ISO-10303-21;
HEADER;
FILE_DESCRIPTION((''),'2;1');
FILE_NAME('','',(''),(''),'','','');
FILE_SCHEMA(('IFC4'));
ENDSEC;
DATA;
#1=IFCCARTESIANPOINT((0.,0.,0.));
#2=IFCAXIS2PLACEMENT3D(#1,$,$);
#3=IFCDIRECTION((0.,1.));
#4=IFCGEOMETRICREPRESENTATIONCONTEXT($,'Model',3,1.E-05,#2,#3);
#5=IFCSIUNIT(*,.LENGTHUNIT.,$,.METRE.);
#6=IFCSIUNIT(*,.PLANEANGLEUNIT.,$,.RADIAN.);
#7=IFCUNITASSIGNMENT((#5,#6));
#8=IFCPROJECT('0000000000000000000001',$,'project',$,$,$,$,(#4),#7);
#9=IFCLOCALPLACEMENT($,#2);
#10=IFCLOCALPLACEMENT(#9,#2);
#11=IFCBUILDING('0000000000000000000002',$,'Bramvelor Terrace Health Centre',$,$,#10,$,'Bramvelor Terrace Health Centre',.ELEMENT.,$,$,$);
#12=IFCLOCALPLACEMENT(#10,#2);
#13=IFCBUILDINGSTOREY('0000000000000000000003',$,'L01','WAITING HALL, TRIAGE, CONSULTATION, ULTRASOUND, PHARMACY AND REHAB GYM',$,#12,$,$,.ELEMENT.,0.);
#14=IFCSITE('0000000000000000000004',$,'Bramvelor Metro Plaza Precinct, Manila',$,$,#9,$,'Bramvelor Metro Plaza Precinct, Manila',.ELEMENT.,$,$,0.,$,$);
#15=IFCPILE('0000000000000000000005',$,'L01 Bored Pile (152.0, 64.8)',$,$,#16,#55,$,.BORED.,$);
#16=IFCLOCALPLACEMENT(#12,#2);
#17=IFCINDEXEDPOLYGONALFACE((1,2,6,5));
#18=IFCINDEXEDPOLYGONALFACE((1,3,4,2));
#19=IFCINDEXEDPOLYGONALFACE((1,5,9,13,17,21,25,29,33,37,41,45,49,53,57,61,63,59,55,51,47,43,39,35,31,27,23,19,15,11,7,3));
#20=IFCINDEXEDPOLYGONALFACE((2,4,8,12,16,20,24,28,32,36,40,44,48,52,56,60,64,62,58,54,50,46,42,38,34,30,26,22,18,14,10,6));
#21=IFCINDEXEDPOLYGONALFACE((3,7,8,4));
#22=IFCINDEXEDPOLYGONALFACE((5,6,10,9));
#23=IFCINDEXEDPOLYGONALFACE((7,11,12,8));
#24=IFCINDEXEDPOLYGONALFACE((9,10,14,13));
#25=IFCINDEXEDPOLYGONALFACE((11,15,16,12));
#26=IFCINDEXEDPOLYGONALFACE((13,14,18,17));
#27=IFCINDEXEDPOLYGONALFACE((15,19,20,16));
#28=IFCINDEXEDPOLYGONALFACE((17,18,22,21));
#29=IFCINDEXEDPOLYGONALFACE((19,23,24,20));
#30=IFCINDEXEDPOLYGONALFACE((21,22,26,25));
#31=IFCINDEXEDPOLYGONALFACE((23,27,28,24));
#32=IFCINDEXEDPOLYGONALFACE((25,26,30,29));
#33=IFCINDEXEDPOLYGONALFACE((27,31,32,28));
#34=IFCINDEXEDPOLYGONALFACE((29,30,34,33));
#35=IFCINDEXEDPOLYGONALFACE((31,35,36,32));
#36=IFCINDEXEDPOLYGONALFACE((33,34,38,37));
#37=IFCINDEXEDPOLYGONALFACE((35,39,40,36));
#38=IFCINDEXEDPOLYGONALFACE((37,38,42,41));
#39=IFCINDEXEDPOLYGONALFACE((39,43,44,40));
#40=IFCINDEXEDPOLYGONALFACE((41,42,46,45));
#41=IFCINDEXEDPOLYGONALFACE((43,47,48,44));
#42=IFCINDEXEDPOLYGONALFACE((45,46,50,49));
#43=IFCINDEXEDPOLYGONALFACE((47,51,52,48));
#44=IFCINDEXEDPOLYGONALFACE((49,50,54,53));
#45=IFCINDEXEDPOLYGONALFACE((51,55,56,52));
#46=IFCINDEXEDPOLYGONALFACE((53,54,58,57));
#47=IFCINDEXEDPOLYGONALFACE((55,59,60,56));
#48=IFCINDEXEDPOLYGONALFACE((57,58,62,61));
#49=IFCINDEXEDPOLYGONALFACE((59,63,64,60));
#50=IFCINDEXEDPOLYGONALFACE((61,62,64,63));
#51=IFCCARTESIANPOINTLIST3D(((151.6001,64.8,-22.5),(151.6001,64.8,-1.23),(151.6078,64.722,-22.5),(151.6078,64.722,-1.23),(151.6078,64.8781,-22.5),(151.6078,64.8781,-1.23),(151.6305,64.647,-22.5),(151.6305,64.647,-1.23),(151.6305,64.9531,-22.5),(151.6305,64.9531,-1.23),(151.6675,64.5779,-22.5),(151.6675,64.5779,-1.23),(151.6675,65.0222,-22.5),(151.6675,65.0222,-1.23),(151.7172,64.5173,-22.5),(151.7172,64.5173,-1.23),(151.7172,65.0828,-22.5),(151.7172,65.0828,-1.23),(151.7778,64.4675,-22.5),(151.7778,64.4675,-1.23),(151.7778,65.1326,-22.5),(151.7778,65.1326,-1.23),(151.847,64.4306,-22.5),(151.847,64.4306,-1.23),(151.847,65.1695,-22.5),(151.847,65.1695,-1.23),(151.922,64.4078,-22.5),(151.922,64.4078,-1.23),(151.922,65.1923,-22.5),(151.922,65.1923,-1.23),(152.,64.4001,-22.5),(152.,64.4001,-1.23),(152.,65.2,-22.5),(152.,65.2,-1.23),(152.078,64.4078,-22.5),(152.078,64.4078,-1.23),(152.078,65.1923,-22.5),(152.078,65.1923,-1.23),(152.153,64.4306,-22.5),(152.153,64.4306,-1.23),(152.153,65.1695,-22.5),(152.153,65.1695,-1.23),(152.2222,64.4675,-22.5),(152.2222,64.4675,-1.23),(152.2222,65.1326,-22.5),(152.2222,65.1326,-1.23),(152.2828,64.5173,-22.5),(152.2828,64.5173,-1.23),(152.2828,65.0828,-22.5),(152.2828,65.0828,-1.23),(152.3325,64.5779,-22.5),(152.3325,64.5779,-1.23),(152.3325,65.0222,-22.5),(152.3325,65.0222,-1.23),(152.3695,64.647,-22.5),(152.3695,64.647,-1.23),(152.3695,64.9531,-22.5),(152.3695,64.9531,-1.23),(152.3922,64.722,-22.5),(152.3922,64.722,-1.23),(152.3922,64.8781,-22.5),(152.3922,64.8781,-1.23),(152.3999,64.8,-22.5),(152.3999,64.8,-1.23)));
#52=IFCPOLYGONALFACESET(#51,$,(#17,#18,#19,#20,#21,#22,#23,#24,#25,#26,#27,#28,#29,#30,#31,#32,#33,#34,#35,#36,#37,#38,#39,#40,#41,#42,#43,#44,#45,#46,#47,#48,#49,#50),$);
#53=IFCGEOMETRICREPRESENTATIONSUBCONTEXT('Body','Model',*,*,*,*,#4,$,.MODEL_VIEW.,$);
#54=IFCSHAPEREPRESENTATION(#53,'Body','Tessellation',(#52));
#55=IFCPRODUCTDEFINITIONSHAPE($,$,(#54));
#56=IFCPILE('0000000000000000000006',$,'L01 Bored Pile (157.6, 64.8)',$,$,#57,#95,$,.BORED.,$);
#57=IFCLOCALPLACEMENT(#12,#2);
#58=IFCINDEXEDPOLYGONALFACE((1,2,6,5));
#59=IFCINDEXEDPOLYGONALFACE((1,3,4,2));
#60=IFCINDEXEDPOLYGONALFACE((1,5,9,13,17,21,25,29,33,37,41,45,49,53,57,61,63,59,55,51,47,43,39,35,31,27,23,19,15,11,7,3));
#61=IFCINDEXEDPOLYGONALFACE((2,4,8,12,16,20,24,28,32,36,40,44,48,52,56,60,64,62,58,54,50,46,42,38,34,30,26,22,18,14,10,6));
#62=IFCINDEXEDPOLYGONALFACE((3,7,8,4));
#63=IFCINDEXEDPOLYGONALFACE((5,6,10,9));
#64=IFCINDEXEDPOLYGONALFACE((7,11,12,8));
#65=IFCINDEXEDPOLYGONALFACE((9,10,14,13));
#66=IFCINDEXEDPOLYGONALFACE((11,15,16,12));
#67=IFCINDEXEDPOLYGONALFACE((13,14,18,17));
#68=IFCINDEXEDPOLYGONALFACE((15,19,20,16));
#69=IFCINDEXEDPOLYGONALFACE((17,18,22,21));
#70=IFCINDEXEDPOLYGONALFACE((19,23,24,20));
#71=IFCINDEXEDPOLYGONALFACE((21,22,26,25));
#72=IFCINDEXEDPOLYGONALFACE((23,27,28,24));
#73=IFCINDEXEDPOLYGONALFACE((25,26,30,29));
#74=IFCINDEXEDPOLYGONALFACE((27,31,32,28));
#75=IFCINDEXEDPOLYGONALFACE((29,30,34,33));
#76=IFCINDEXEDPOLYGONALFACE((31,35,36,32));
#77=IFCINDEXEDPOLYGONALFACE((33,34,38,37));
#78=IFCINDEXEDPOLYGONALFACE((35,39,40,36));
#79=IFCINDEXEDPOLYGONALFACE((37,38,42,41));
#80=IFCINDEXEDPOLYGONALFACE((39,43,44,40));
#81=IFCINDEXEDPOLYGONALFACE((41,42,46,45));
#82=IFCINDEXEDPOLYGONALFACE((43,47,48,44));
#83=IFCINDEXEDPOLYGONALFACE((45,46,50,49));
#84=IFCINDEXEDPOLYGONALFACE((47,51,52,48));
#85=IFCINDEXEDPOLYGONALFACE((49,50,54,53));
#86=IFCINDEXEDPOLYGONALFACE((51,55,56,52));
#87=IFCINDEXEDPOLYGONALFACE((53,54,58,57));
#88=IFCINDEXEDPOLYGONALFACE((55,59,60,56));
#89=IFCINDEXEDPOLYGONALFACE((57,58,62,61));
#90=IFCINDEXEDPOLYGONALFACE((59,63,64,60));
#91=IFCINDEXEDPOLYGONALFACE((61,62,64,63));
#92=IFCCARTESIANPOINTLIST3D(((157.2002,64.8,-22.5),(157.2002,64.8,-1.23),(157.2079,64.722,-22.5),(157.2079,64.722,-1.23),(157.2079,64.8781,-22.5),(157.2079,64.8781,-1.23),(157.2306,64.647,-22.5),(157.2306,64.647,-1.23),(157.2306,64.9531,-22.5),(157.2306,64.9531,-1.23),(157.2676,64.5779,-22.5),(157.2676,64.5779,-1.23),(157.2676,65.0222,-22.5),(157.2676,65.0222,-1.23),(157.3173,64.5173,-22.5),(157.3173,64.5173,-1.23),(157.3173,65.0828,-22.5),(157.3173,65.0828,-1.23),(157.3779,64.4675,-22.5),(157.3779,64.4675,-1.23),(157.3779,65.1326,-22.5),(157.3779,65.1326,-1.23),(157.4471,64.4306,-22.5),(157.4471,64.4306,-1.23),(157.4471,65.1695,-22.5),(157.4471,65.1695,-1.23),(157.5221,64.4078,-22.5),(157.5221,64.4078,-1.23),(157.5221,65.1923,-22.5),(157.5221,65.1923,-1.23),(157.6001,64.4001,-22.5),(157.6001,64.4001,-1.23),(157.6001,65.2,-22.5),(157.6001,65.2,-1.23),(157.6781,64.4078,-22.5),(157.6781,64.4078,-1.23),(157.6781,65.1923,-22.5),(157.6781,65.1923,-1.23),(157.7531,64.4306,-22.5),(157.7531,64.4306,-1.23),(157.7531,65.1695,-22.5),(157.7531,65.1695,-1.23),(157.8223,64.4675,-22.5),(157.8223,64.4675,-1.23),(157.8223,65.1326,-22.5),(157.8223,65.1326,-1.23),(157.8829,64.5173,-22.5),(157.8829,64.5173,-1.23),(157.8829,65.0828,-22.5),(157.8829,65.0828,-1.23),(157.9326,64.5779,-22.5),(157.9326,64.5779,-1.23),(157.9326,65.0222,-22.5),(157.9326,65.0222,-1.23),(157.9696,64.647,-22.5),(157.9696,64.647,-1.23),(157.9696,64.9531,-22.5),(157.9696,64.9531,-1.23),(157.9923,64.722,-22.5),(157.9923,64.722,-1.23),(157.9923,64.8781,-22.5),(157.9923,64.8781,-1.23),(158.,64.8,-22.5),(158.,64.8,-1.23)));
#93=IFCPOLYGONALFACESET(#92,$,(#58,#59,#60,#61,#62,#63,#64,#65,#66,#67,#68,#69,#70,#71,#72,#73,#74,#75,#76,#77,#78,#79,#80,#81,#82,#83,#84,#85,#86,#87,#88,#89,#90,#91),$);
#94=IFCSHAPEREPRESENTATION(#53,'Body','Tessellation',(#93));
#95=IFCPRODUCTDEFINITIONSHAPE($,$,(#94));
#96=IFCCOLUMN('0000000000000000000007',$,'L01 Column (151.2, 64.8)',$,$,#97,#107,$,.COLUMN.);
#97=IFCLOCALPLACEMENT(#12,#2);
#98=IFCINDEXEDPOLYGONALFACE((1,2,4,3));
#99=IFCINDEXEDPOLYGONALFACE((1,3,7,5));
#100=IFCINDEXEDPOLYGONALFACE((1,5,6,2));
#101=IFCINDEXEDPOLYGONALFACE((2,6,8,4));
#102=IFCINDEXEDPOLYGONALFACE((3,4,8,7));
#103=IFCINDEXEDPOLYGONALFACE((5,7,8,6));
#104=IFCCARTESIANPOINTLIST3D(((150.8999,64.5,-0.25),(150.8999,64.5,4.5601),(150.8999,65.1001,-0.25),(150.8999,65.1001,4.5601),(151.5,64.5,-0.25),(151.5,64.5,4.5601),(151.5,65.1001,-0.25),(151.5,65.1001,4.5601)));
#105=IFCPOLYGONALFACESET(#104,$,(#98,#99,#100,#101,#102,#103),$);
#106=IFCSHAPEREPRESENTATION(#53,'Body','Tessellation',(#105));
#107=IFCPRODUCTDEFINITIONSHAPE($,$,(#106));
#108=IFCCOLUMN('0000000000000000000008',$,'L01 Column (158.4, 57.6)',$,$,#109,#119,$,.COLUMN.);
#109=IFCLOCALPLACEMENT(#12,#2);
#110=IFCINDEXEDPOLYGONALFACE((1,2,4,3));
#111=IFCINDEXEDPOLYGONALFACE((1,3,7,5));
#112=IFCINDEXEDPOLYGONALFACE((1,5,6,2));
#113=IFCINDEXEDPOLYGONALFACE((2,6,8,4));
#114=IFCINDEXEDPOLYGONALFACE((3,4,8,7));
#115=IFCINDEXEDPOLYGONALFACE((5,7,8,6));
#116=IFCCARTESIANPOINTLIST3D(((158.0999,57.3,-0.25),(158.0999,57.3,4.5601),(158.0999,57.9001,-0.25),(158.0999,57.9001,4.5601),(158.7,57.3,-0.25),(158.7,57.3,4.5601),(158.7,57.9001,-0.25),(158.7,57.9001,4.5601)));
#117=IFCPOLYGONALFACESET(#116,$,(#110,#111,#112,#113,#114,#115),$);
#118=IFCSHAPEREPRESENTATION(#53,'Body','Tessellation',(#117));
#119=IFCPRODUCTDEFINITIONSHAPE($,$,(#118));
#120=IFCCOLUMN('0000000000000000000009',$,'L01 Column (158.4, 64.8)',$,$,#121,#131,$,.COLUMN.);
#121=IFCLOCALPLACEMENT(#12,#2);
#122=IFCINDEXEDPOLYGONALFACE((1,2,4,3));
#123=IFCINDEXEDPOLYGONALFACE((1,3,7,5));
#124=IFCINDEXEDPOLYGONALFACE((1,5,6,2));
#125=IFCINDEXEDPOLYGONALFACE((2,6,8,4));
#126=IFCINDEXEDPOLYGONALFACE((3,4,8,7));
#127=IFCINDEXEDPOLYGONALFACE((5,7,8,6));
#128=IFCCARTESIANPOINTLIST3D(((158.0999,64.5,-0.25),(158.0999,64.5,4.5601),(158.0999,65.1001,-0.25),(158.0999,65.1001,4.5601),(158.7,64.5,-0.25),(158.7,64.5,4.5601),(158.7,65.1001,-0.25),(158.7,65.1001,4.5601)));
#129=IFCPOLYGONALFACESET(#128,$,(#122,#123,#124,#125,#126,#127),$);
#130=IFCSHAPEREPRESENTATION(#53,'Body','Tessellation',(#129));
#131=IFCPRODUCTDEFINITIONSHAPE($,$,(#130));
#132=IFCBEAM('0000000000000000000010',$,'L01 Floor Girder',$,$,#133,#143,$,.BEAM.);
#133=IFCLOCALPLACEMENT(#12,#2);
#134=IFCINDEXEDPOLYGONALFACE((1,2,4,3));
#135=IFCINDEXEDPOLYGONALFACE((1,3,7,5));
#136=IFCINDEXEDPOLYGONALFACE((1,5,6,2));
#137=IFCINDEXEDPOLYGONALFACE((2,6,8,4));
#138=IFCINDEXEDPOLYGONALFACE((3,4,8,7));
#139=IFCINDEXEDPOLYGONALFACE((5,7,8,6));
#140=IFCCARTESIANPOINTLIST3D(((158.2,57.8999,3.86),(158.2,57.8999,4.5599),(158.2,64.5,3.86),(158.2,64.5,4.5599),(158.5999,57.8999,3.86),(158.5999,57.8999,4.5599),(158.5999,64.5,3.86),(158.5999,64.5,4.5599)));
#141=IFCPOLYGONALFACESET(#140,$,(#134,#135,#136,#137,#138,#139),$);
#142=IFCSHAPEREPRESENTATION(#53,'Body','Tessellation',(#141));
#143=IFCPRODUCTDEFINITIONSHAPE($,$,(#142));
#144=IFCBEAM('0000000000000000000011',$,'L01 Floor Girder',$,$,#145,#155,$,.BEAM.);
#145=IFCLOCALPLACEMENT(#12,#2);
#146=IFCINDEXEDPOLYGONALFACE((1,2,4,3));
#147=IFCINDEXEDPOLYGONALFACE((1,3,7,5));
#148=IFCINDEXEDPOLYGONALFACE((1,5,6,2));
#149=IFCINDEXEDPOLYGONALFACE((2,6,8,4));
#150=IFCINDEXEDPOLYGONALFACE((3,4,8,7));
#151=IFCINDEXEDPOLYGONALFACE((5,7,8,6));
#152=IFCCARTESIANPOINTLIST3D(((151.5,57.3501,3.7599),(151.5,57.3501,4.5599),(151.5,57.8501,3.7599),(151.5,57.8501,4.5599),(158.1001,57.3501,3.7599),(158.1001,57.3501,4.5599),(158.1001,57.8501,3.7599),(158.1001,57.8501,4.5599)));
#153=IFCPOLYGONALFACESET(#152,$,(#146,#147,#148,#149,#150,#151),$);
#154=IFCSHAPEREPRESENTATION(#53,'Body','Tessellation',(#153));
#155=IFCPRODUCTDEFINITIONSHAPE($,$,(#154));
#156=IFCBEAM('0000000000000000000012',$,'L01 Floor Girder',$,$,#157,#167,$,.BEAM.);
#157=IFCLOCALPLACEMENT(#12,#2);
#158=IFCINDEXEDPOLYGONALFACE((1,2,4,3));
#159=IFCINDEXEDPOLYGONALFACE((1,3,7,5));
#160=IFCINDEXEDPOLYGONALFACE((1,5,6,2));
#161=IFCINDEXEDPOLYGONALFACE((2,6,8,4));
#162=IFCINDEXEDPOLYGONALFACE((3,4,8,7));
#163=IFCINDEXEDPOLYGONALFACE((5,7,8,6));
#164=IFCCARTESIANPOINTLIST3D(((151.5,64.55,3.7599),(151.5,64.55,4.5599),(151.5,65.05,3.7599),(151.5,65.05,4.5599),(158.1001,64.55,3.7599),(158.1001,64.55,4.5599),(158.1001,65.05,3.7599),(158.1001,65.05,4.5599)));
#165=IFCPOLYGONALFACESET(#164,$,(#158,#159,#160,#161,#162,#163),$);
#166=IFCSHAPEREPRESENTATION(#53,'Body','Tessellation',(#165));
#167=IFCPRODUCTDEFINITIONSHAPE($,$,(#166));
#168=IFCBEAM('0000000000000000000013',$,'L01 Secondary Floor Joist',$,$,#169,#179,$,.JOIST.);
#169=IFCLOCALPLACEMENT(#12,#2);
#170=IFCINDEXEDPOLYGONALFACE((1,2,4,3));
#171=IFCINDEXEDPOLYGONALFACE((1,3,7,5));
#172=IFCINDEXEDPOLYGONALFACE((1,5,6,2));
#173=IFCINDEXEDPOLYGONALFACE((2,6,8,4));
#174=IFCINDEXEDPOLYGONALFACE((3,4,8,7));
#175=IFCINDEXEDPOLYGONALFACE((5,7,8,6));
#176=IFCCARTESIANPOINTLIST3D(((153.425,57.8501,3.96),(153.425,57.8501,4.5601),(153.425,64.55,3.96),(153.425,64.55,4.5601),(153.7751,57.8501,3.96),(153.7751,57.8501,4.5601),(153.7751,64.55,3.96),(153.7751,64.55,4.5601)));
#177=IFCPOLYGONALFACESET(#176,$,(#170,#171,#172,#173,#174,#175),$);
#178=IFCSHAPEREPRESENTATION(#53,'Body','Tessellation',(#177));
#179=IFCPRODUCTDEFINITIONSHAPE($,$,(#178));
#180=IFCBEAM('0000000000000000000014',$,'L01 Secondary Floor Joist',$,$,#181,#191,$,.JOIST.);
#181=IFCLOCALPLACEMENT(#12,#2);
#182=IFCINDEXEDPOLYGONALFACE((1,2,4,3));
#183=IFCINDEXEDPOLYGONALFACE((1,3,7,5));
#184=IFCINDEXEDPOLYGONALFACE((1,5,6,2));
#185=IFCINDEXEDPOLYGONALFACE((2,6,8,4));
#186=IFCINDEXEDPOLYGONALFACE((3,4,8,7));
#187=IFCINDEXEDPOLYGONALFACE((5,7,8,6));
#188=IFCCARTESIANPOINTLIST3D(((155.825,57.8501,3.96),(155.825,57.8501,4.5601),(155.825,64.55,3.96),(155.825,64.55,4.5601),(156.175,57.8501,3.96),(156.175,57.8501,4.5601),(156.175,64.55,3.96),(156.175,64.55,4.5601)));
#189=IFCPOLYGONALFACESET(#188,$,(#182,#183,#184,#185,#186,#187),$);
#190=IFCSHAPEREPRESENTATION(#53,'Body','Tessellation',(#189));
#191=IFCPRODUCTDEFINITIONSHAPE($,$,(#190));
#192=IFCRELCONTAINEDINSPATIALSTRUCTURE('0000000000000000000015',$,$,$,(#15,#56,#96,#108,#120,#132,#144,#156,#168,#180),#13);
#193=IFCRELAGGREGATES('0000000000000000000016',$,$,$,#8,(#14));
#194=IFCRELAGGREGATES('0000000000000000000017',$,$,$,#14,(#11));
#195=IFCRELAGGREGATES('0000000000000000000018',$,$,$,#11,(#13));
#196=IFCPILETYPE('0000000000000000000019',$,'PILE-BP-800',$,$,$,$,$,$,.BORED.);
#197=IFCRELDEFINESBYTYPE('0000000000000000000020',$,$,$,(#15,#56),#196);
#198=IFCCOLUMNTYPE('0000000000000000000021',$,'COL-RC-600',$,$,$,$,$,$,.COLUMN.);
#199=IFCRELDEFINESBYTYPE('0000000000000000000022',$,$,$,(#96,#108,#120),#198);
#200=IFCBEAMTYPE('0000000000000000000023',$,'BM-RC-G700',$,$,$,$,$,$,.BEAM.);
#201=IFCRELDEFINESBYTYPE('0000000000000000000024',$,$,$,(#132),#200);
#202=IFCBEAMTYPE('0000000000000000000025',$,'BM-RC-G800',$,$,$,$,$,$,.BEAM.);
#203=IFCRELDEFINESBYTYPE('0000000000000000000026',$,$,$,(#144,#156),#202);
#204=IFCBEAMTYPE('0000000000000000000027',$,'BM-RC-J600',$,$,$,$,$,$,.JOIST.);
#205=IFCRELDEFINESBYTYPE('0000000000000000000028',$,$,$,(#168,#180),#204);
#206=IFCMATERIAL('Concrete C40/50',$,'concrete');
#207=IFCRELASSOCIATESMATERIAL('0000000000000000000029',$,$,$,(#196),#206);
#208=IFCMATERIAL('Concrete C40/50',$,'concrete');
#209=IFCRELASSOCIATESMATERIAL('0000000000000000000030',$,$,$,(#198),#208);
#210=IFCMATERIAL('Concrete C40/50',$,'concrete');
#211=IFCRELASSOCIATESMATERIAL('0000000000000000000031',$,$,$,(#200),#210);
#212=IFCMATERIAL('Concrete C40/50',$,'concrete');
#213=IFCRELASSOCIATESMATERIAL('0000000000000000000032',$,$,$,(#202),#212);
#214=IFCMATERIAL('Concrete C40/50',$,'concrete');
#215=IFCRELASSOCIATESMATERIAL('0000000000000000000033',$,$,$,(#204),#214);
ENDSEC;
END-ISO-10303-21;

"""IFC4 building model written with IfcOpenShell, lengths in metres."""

from ifc_helpers import new_model, si_unit, direction, frame, origin, origin_2d, place, context, subcontext, project, spatial, rectangle, circle, extrude, material, material_profile, profile_set, type_object, element, save


model = new_model("IFC4")

# Units and contexts
model_context = context("Model", 3, precision=1e-05, world=origin(), true_north=direction((0.0, 1.0)))
body_context = subcontext(model_context, "Body", "Model", "MODEL_VIEW")
ifc_project = project(units=[si_unit("LENGTHUNIT", "METRE"), si_unit("PLANEANGLEUNIT", "RADIAN")], contexts=[model_context])

# Site, building, storey
site_placement = place(None, origin())
site = spatial("IfcSite", under=ifc_project, at=site_placement, Name="Bramvelor Metro Plaza Precinct, Manila", LongName="Bramvelor Metro Plaza Precinct, Manila", CompositionType="ELEMENT", RefElevation=0.0)
building_placement = place(site_placement, origin())
building = spatial("IfcBuilding", under=site, at=building_placement, Name="Bramvelor Terrace Health Centre", LongName="Bramvelor Terrace Health Centre", CompositionType="ELEMENT")
storey_placement = place(building_placement, origin())
storey = spatial("IfcBuildingStorey", under=building, at=storey_placement, Name="L01", Description="WAITING HALL, TRIAGE, CONSULTATION, ULTRASOUND, PHARMACY AND REHAB GYM", CompositionType="ELEMENT", Elevation=0.0)

# Piles
ifc_material_1 = material(Name="Concrete C40/50", Category="concrete")
ifc_material_profile_1 = material_profile(ifc_material_1, circle(Radius=0.3999, at=origin_2d()), Name="BP D800")
ifc_profile_set_1 = profile_set([ifc_material_profile_1], Name="Concrete C40/50")
pile_type = type_object("IfcPileType", Name="PILE-BP-800", PredefinedType="BORED", material=ifc_profile_set_1)
for number, where, z_axis, x_axis, name in (
    (1, (152.0, 64.8, -1.23), (0.0, 0.0, -1.0), (1.0, 0.0, 0.0), "L01 Bored Pile (152.0, 64.8)"),
    (2, (157.6001, 64.8, -1.23), (0.0, 0.0, -1.0), (1.0, 0.0, 0.0), "L01 Bored Pile (157.6, 64.8)"),
):
    element("IfcPile", number, at=place(storey_placement, frame(where, z_axis=z_axis, x_axis=x_axis)), inside=storey, type_object=pile_type, Name=name, PredefinedType="BORED", context=body_context, shape_type="SweptSolid", body=[
        extrude(circle(Radius=0.3999, at=origin_2d()), origin(), (0.0, 0.0, 1.0), 21.27),
    ])

# Columns
ifc_material_2 = material(Name="Concrete C40/50", Category="concrete")
ifc_material_profile_2 = material_profile(ifc_material_2, rectangle(XDim=0.6001, YDim=0.6001, at=origin_2d()), Name="RC 600x600")
ifc_profile_set_2 = profile_set([ifc_material_profile_2], Name="Concrete C40/50")
column_type = type_object("IfcColumnType", Name="COL-RC-600", PredefinedType="COLUMN", material=ifc_profile_set_2)
for number, where, z_axis, x_axis, name in (
    (3, (151.2, 64.8, -0.25), (0.0, 0.0, 1.0), (1.0, 0.0, 0.0), "L01 Column (151.2, 64.8)"),
    (4, (158.3999, 57.6001, -0.25), (0.0, 0.0, 1.0), (1.0, 0.0, 0.0), "L01 Column (158.4, 57.6)"),
    (5, (158.3999, 64.8, -0.25), (0.0, 0.0, 1.0), (1.0, 0.0, 0.0), "L01 Column (158.4, 64.8)"),
):
    element("IfcColumn", number, at=place(storey_placement, frame(where, z_axis=z_axis, x_axis=x_axis)), inside=storey, type_object=column_type, Name=name, PredefinedType="COLUMN", context=body_context, shape_type="SweptSolid", body=[
        extrude(rectangle(XDim=0.6001, YDim=0.6001, at=origin_2d()), origin(), (0.0, 0.0, 1.0), 4.8101),
    ])

# Beams
ifc_material_3 = material(Name="Concrete C40/50", Category="concrete")
ifc_material_profile_3 = material_profile(ifc_material_3, rectangle(XDim=0.3999, YDim=0.7, at=origin_2d()), Name="RC 400x700")
ifc_profile_set_3 = profile_set([ifc_material_profile_3], Name="Concrete C40/50")
beam_type_1 = type_object("IfcBeamType", Name="BM-RC-G700", PredefinedType="BEAM", material=ifc_profile_set_3)
beam_placement = place(storey_placement, frame((158.3999, 57.8999, 4.21), z_axis=(0.0, 1.0, 0.0), x_axis=(-1.0, 0.0, 0.0)))
element("IfcBeam", 6, at=beam_placement, inside=storey, type_object=beam_type_1, Name="L01 Floor Girder", PredefinedType="BEAM", context=body_context, shape_type="SweptSolid", body=[
    extrude(rectangle(XDim=0.3999, YDim=0.7, at=origin_2d()), origin(), (0.0, 0.0, 1.0), 6.6001),
])
ifc_material_4 = material(Name="Concrete C40/50", Category="concrete")
ifc_material_profile_4 = material_profile(ifc_material_4, rectangle(XDim=0.5, YDim=0.8, at=origin_2d()), Name="RC 500x800")
ifc_profile_set_4 = profile_set([ifc_material_profile_4], Name="Concrete C40/50")
beam_type_2 = type_object("IfcBeamType", Name="BM-RC-G800", PredefinedType="BEAM", material=ifc_profile_set_4)
for number, where, z_axis, x_axis, name in (
    (7, (151.5, 57.6001, 4.1599), (1.0, 0.0, 0.0), (0.0, 1.0, 0.0), "L01 Floor Girder"),
    (8, (151.5, 64.8, 4.1599), (1.0, 0.0, 0.0), (0.0, 1.0, 0.0), "L01 Floor Girder"),
):
    element("IfcBeam", number, at=place(storey_placement, frame(where, z_axis=z_axis, x_axis=x_axis)), inside=storey, type_object=beam_type_2, Name=name, PredefinedType="BEAM", context=body_context, shape_type="SweptSolid", body=[
        extrude(rectangle(XDim=0.5, YDim=0.8, at=origin_2d()), origin(), (0.0, 0.0, 1.0), 6.6001),
    ])
ifc_material_5 = material(Name="Concrete C40/50", Category="concrete")
ifc_material_profile_5 = material_profile(ifc_material_5, rectangle(XDim=0.3501, YDim=0.6001, at=origin_2d()), Name="RC 350x600")
ifc_profile_set_5 = profile_set([ifc_material_profile_5], Name="Concrete C40/50")
beam_type_3 = type_object("IfcBeamType", Name="BM-RC-J600", PredefinedType="JOIST", material=ifc_profile_set_5)
for number, where, z_axis, x_axis, name in (
    (9, (153.6001, 57.8501, 4.26), (0.0, 1.0, 0.0), (-1.0, 0.0, 0.0), "L01 Secondary Floor Joist"),
    (10, (156.0, 57.8501, 4.26), (0.0, 1.0, 0.0), (-1.0, 0.0, 0.0), "L01 Secondary Floor Joist"),
):
    element("IfcBeam", number, at=place(storey_placement, frame(where, z_axis=z_axis, x_axis=x_axis)), inside=storey, type_object=beam_type_3, Name=name, PredefinedType="JOIST", context=body_context, shape_type="SweptSolid", body=[
        extrude(rectangle(XDim=0.3501, YDim=0.6001, at=origin_2d()), origin(), (0.0, 0.0, 1.0), 6.7),
    ])

save(model, "model.ifc")
